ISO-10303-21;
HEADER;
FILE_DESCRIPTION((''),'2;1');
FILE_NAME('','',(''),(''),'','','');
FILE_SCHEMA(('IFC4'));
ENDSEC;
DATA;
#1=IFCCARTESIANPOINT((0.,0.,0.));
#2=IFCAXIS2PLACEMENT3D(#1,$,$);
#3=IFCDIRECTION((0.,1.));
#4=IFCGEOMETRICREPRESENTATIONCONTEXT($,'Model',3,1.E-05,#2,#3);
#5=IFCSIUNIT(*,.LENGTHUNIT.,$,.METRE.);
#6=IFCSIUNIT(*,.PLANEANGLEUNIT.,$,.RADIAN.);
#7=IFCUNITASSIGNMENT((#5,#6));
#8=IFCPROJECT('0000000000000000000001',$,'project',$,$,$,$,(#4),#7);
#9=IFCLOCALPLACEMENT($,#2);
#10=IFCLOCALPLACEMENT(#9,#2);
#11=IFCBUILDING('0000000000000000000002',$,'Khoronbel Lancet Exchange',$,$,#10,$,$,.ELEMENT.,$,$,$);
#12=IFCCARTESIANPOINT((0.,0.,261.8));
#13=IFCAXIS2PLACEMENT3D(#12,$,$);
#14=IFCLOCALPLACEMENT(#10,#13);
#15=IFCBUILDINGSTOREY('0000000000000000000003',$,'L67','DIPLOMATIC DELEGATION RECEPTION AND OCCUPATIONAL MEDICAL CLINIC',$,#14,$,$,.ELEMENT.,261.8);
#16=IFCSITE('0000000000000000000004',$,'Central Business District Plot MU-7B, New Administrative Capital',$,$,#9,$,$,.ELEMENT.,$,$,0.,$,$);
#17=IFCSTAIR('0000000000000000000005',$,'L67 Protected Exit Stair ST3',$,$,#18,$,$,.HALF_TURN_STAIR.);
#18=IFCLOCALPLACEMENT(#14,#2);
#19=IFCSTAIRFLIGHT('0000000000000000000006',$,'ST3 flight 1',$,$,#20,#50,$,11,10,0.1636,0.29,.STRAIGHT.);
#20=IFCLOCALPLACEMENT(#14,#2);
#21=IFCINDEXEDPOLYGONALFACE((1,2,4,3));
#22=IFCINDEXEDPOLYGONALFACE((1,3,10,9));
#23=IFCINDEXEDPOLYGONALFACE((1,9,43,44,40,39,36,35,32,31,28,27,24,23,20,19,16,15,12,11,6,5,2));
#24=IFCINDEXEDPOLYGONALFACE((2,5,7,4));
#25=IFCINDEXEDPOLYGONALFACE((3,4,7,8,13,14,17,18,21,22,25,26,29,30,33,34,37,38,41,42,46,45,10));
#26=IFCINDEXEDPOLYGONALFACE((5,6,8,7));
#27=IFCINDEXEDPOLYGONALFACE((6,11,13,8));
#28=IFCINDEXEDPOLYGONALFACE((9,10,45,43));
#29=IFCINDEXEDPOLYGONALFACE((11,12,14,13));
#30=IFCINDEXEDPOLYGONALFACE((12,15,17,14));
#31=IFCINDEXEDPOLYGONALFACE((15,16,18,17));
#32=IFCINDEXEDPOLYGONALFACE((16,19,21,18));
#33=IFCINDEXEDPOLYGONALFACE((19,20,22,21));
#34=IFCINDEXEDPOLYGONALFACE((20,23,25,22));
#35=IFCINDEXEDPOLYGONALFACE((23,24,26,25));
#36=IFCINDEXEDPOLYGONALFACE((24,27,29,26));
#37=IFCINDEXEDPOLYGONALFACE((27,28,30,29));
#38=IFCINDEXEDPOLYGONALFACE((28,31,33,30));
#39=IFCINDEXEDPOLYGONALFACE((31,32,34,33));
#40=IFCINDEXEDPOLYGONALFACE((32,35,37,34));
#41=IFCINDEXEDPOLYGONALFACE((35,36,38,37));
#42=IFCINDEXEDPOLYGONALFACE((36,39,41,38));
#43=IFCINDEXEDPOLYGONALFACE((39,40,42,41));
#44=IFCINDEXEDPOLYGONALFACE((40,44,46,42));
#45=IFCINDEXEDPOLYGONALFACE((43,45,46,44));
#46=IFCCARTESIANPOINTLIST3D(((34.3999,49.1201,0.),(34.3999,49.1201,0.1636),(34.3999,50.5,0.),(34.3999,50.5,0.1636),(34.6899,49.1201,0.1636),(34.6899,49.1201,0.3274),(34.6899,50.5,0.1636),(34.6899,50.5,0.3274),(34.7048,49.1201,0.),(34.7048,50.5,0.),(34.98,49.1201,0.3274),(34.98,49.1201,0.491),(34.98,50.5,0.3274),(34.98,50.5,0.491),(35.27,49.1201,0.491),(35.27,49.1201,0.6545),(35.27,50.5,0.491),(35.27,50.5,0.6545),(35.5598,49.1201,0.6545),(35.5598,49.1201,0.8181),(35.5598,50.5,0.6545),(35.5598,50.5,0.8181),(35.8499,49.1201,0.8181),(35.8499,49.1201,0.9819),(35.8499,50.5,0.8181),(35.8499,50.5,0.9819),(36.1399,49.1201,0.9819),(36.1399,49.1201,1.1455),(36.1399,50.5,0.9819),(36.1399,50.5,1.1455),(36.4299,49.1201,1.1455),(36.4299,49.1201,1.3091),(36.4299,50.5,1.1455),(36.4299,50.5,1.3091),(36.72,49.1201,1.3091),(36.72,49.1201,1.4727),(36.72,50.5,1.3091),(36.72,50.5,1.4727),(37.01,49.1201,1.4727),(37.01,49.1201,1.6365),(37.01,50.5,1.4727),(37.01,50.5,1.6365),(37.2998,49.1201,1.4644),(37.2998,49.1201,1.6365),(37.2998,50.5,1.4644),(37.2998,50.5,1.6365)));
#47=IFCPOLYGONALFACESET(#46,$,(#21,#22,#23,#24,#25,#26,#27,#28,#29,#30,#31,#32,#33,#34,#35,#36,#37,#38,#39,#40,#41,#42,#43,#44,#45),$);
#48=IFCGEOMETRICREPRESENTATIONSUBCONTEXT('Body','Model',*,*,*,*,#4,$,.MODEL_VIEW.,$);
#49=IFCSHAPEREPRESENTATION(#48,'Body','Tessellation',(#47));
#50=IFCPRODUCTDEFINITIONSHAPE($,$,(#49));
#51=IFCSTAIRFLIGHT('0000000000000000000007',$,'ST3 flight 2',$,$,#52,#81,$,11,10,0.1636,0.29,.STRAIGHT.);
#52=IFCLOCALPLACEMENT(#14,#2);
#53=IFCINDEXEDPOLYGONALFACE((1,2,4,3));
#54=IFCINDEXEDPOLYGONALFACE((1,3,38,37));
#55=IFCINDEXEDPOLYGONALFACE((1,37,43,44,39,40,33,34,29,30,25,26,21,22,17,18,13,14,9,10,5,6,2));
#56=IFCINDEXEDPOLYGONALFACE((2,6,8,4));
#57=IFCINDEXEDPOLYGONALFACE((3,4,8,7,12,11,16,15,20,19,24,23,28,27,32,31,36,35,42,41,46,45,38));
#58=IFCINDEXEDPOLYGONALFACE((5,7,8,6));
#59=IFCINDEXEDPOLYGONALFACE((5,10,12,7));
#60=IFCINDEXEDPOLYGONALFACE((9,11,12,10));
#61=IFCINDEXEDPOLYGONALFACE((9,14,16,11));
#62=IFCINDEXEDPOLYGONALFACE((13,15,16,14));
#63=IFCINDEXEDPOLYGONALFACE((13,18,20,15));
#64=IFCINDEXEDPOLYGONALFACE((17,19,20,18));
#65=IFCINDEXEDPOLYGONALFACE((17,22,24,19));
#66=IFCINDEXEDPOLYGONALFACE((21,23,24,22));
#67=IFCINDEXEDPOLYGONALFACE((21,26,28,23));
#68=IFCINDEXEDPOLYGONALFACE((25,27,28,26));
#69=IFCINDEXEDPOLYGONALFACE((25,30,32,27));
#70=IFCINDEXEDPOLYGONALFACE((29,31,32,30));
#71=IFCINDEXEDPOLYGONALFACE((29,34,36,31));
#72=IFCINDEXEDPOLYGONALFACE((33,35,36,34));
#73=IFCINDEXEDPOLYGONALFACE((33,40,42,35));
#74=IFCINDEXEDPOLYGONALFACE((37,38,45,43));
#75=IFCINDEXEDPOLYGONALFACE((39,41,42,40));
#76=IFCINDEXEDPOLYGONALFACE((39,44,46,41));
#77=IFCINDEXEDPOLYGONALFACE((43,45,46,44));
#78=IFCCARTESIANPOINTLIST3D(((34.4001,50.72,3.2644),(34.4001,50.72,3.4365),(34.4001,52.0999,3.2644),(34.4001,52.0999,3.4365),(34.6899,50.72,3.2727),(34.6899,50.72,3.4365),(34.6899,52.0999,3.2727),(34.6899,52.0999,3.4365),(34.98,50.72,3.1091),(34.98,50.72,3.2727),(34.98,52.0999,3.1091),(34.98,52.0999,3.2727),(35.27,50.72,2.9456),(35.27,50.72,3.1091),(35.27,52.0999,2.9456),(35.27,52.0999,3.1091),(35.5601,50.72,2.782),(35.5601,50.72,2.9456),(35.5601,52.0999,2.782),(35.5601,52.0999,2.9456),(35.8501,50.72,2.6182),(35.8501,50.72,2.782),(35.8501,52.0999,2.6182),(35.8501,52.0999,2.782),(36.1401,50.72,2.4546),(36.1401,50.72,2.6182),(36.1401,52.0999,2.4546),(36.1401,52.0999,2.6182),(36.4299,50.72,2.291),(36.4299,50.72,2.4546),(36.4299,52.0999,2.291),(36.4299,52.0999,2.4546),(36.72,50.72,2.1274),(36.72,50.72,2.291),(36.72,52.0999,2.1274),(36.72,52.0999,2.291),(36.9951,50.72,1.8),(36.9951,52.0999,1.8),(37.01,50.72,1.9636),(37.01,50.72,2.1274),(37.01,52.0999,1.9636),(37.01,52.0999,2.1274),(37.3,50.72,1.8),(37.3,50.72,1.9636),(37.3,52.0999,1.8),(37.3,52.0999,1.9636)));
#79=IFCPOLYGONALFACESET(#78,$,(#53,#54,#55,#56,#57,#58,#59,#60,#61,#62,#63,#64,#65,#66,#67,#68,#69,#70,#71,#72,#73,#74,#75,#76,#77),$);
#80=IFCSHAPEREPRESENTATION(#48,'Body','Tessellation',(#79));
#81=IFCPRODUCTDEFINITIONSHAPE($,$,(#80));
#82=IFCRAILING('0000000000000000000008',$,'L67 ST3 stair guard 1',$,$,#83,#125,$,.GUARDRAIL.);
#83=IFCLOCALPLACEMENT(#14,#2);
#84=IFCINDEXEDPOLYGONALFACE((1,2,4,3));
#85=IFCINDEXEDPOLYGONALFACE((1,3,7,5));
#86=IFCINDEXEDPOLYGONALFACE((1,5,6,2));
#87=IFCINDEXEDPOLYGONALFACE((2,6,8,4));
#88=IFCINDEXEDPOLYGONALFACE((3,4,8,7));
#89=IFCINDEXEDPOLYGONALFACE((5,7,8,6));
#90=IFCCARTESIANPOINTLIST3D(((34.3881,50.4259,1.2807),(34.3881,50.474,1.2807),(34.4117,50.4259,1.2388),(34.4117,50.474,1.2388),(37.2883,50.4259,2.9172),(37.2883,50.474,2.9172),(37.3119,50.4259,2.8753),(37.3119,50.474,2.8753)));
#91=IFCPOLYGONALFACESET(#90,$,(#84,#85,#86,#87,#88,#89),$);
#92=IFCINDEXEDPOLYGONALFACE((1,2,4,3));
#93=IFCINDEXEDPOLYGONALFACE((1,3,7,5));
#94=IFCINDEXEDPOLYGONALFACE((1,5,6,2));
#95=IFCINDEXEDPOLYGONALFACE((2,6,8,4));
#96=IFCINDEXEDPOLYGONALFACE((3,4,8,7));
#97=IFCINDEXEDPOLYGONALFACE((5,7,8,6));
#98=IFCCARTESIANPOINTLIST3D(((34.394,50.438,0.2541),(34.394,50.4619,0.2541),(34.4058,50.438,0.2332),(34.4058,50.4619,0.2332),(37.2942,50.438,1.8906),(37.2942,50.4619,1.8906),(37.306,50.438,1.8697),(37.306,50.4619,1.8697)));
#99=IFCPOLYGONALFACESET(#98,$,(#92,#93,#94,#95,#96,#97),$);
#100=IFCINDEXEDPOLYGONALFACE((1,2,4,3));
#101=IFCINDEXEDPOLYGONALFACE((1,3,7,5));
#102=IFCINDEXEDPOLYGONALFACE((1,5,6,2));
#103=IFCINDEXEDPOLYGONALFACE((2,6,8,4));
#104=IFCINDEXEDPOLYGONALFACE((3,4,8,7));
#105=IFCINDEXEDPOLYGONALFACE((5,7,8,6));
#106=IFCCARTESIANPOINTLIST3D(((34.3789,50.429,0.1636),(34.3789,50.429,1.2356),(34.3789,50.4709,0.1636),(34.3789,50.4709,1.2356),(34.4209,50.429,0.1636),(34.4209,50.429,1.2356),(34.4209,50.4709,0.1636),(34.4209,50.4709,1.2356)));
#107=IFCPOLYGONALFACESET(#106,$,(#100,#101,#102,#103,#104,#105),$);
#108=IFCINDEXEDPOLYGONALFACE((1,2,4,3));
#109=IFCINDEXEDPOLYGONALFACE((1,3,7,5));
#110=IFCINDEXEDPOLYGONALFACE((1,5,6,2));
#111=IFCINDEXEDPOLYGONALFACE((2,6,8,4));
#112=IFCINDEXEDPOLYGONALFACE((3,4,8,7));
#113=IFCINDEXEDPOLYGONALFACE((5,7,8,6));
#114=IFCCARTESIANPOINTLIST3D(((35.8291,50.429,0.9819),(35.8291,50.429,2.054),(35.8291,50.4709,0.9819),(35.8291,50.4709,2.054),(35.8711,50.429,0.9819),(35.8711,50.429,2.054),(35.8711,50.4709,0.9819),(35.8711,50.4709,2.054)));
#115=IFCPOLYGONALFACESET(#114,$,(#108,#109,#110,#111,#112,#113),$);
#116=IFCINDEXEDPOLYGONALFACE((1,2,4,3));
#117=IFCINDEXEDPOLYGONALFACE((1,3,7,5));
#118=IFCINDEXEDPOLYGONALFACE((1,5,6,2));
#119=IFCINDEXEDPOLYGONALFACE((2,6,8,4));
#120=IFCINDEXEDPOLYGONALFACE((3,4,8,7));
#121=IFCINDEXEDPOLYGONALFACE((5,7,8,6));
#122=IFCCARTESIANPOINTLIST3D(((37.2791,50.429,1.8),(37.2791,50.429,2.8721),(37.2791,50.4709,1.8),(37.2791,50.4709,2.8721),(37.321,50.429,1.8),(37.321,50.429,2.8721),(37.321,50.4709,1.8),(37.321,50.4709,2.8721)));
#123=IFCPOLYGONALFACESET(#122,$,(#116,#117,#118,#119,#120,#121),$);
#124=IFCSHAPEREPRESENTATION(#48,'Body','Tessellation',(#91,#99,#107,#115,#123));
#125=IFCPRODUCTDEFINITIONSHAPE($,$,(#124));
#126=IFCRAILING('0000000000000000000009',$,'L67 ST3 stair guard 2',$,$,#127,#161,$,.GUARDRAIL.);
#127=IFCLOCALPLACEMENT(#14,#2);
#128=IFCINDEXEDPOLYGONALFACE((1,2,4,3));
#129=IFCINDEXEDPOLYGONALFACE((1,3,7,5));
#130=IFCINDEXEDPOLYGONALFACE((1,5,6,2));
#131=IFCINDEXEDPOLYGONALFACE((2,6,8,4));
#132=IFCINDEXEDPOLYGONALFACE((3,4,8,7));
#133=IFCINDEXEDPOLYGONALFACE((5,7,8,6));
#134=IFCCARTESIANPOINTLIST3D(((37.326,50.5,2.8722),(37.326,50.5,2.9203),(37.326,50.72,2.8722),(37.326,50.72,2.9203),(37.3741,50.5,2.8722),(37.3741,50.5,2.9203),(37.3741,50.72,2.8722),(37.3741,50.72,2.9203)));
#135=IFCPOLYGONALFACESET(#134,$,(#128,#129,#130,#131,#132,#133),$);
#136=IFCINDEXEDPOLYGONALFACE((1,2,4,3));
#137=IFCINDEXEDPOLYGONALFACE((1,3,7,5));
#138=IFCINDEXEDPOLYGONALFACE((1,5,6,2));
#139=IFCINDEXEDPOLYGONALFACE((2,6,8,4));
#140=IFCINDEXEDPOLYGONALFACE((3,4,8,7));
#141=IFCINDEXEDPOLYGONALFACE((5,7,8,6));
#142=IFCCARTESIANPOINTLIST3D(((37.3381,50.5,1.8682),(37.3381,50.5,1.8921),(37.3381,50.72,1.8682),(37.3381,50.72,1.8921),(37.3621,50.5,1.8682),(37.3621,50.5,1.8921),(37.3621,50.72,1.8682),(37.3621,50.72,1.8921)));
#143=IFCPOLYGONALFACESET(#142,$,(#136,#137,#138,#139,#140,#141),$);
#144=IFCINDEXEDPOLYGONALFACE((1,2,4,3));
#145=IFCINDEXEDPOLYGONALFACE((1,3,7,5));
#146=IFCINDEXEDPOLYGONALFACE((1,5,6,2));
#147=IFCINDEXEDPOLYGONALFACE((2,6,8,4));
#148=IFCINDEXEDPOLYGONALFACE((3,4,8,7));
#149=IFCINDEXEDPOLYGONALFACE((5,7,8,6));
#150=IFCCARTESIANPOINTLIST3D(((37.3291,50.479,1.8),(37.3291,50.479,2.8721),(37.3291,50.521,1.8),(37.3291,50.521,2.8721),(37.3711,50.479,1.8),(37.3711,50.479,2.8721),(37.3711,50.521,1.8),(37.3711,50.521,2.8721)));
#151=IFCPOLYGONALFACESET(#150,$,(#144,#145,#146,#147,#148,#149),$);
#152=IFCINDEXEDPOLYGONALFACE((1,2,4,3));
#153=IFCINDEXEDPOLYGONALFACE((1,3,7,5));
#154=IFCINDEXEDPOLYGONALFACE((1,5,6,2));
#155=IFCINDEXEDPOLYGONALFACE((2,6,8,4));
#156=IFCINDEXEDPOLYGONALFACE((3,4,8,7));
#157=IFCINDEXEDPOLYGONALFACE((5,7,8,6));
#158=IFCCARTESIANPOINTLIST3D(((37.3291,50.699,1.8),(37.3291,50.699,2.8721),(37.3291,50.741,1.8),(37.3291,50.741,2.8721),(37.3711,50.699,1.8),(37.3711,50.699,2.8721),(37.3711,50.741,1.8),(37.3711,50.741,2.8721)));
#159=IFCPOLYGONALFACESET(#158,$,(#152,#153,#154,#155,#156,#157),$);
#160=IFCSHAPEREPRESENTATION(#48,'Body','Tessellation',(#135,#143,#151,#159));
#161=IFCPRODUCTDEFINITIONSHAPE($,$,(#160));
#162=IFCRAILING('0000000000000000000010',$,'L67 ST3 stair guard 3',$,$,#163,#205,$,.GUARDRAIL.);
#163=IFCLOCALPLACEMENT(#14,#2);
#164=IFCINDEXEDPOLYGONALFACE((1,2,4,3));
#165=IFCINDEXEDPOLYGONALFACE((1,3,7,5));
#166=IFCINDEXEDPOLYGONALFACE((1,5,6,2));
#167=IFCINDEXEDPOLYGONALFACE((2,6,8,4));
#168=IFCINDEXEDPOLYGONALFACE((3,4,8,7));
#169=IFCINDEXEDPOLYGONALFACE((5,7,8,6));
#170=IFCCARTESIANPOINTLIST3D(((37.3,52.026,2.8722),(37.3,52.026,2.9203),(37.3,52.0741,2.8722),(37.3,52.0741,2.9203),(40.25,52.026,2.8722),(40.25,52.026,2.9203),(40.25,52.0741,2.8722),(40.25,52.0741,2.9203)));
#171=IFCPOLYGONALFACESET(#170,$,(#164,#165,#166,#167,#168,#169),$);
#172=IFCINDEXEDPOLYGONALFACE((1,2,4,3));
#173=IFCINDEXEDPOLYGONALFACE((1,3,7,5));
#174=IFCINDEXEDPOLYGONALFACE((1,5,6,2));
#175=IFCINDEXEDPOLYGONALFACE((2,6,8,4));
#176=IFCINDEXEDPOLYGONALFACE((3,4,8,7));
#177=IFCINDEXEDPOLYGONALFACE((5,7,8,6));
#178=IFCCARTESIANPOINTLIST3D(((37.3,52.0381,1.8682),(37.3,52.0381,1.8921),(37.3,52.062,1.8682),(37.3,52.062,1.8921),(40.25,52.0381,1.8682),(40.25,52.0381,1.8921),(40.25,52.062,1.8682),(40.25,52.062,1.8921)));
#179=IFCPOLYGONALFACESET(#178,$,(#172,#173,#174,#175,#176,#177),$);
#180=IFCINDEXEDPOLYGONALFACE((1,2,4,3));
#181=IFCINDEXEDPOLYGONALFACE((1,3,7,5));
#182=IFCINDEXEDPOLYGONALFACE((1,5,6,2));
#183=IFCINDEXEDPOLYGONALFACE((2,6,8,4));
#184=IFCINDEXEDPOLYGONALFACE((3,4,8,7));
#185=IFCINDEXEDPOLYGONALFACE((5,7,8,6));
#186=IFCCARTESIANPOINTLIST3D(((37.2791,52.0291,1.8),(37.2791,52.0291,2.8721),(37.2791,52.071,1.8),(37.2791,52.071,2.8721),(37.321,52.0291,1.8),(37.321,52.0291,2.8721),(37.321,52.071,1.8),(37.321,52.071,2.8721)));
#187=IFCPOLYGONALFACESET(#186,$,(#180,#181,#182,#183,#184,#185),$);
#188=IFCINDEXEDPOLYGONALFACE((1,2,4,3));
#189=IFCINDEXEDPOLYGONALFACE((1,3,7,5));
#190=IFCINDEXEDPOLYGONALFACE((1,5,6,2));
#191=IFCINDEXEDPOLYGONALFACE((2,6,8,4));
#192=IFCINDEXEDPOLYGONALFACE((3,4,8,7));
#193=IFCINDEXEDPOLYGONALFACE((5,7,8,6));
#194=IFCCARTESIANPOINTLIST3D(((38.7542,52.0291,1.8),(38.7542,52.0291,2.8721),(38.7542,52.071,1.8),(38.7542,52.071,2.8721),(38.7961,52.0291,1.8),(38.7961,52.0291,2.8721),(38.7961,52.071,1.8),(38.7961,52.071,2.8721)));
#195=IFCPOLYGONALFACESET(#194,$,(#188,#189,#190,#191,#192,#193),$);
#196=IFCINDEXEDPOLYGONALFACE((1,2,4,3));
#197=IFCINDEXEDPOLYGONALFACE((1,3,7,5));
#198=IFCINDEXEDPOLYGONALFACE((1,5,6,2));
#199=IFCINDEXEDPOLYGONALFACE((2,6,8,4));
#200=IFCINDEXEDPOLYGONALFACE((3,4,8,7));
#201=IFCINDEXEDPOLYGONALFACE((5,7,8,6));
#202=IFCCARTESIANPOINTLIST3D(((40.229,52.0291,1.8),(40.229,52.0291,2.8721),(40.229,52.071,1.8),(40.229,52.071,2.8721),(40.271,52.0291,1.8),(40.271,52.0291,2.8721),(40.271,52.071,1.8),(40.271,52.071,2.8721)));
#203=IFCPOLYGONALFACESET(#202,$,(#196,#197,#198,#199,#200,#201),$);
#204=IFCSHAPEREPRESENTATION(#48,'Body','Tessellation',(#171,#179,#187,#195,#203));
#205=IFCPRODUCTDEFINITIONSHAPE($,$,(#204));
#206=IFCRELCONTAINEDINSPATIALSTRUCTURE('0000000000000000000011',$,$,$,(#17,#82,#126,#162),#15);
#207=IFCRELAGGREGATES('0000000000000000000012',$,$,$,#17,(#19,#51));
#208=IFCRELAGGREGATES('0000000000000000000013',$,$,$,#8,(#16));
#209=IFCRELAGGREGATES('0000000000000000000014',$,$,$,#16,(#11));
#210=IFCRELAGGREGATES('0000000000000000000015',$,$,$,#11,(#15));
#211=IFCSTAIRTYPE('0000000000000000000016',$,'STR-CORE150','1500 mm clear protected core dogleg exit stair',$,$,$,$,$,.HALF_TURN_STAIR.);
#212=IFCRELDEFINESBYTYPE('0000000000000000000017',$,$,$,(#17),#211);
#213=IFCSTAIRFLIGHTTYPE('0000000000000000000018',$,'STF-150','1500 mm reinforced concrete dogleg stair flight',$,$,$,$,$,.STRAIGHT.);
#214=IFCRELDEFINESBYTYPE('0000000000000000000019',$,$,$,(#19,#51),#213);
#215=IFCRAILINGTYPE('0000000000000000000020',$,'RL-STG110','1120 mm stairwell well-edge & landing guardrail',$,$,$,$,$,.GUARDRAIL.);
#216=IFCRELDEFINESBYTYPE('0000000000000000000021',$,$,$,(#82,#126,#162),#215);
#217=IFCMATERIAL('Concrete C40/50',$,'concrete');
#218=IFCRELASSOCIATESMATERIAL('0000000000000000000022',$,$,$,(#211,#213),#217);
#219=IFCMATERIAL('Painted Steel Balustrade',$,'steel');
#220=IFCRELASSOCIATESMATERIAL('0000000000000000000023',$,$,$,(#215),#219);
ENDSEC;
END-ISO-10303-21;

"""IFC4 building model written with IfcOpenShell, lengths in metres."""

from ifc_helpers import new_model, si_unit, direction, frame, origin, origin_2d, place, context, subcontext, project, spatial, polyline, rectangle, outline, extrude, material, type_object, element, aggregate, save


model = new_model("IFC4")

# Units and contexts
model_context = context("Model", 3, precision=1e-05, world=origin(), true_north=direction((0.0, 1.0)))
body_context = subcontext(model_context, "Body", "Model", "MODEL_VIEW")
ifc_project = project(units=[si_unit("LENGTHUNIT", "METRE"), si_unit("PLANEANGLEUNIT", "RADIAN")], contexts=[model_context])

# Site, building, storey
site_placement = place(None, origin())
site = spatial("IfcSite", under=ifc_project, at=site_placement, Name="Central Business District Plot MU-7B, New Administrative Capital", CompositionType="ELEMENT", RefElevation=0.0)
building_placement = place(site_placement, origin())
building = spatial("IfcBuilding", under=site, at=building_placement, Name="Khoronbel Lancet Exchange", CompositionType="ELEMENT")
storey_placement = place(building_placement, frame((0.0, 0.0, 261.8)))
storey = spatial("IfcBuildingStorey", under=building, at=storey_placement, Name="L67", Description="DIPLOMATIC DELEGATION RECEPTION AND OCCUPATIONAL MEDICAL CLINIC", CompositionType="ELEMENT", Elevation=261.8)

# Stair, stair flights
ifc_material_1 = material(Name="Concrete C40/50", Category="concrete")
stair_type = type_object("IfcStairType", Name="STR-CORE150", Description="1500 mm clear protected core dogleg exit stair", PredefinedType="HALF_TURN_STAIR", material=ifc_material_1)
stair_placement = place(storey_placement, origin())
stair = element("IfcStair", 1, at=stair_placement, inside=storey, type_object=stair_type, Name="L67 Protected Exit Stair ST3", PredefinedType="HALF_TURN_STAIR")
stair_flight_type = type_object("IfcStairFlightType", Name="STF-150", Description="1500 mm reinforced concrete dogleg stair flight", PredefinedType="STRAIGHT", material=ifc_material_1)
stair_flight_1_placement = place(storey_placement, frame((34.3999, 49.8101, 0.0), z_axis=(0.0, 0.0, 1.0), x_axis=(1.0, 0.0, 0.0)))
stair_flight_1 = element("IfcStairFlight", 2, at=stair_flight_1_placement, type_object=stair_flight_type, Name="ST3 flight 1", NumberOfRisers=11, NumberOfTreads=10, PredefinedType="STRAIGHT", RiserHeight=0.1636, TreadLength=0.29, context=body_context, shape_type="SweptSolid", body=[
    extrude(outline(polyline([(0.0, 0.0), (0.0, 0.1636), (0.29, 0.1636), (0.29, 0.3274), (0.5801, 0.3274), (0.5801, 0.491), (0.8701, 0.491), (0.8701, 0.6545), (1.1599, 0.6545), (1.1599, 0.8181), (1.45, 0.8181), (1.45, 0.9819), (1.74, 0.9819), (1.74, 1.1455), (2.03, 1.1455), (2.03, 1.3091), (2.3201, 1.3091), (2.3201, 1.4727), (2.6101, 1.4727), (2.6101, 1.6365), (2.8999, 1.6365), (2.8999, 1.8), (2.8999, 1.4644), (0.3049, 0.0), (0.0, 0.0)])), frame((0.0, 0.6899, 0.0), z_axis=(0.0, -1.0, 0.0), x_axis=(1.0, 0.0, 0.0)), (0.0, 0.0, 1.0), 1.3799),
])
stair_flight_2_placement = place(storey_placement, frame((37.3, 51.4099, 1.8), z_axis=(0.0, 0.0, 1.0), x_axis=(-1.0, 0.0, 0.0)))
stair_flight_2 = element("IfcStairFlight", 3, at=stair_flight_2_placement, type_object=stair_flight_type, Name="ST3 flight 2", NumberOfRisers=11, NumberOfTreads=10, PredefinedType="STRAIGHT", RiserHeight=0.1636, TreadLength=0.29, context=body_context, shape_type="SweptSolid", body=[
    extrude(outline(polyline([(0.0, 0.0), (0.0, 0.1636), (0.29, 0.1636), (0.29, 0.3274), (0.5801, 0.3274), (0.5801, 0.491), (0.8701, 0.491), (0.8701, 0.6545), (1.1599, 0.6545), (1.1599, 0.8181), (1.45, 0.8181), (1.45, 0.9819), (1.74, 0.9819), (1.74, 1.1455), (2.03, 1.1455), (2.03, 1.3091), (2.3201, 1.3091), (2.3201, 1.4727), (2.6101, 1.4727), (2.6101, 1.6365), (2.8999, 1.6365), (2.8999, 1.8), (2.8999, 1.4644), (0.3049, 0.0), (0.0, 0.0)])), frame((0.0, 0.6899, 0.0), z_axis=(0.0, -1.0, 0.0), x_axis=(1.0, 0.0, 0.0)), (0.0, 0.0, 1.0), 1.3799),
])
aggregate(stair, [stair_flight_1, stair_flight_2])

# Railings
ifc_material_2 = material(Name="Painted Steel Balustrade", Category="steel")
railing_type_1 = type_object("IfcRailingType", Name="RL-STG110", Description="1120 mm stairwell well-edge & landing guardrail", PredefinedType="GUARDRAIL", material=ifc_material_2)
railing_1_placement = place(storey_placement, frame((34.3999, 50.45, 0.1636)))
element("IfcRailing", 4, at=railing_1_placement, inside=storey, type_object=railing_type_1, Name="L67 ST3 stair guard 1", PredefinedType="GUARDRAIL", context=body_context, shape_type="SweptSolid", body=[
    extrude(rectangle(XDim=0.0481, YDim=0.0481, at=origin_2d()), frame((0.0, 0.0, 1.0962), z_axis=(0.870915, 0.0, 0.491434), x_axis=(0.0, 1.0, 0.0)), (0.0, 0.0, 1.0), 3.3301),
    extrude(rectangle(XDim=0.0239, YDim=0.0239, at=origin_2d()), frame((0.0, 0.0, 0.0801), z_axis=(0.870915, 0.0, 0.491434), x_axis=(0.0, 1.0, 0.0)), (0.0, 0.0, 1.0), 3.3301),
    extrude(rectangle(XDim=0.042, YDim=0.042, at=origin_2d()), origin(), (0.0, 0.0, 1.0), 1.072),
    extrude(rectangle(XDim=0.042, YDim=0.042, at=origin_2d()), frame((1.4502, 0.0, 0.8184)), (0.0, 0.0, 1.0), 1.072),
    extrude(rectangle(XDim=0.042, YDim=0.042, at=origin_2d()), frame((2.9001, 0.0, 1.6365)), (0.0, 0.0, 1.0), 1.072),
])
railing_2_placement = place(storey_placement, frame((37.3501, 50.5, 1.8)))
element("IfcRailing", 5, at=railing_2_placement, inside=storey, type_object=railing_type_1, Name="L67 ST3 stair guard 2", PredefinedType="GUARDRAIL", context=body_context, shape_type="SweptSolid", body=[
    extrude(rectangle(XDim=0.0481, YDim=0.0481, at=origin_2d()), frame((0.0, 0.0, 1.0962), z_axis=(0.0, 1.0, 0.0), x_axis=(-1.0, 0.0, 0.0)), (0.0, 0.0, 1.0), 0.22),
    extrude(rectangle(XDim=0.0239, YDim=0.0239, at=origin_2d()), frame((0.0, 0.0, 0.0801), z_axis=(0.0, 1.0, 0.0), x_axis=(-1.0, 0.0, 0.0)), (0.0, 0.0, 1.0), 0.22),
    extrude(rectangle(XDim=0.042, YDim=0.042, at=origin_2d()), origin(), (0.0, 0.0, 1.0), 1.072),
    extrude(rectangle(XDim=0.042, YDim=0.042, at=origin_2d()), frame((0.0, 0.22, 0.0)), (0.0, 0.0, 1.0), 1.072),
])
railing_3_placement = place(storey_placement, frame((37.3, 52.05, 1.8)))
element("IfcRailing", 6, at=railing_3_placement, inside=storey, type_object=railing_type_1, Name="L67 ST3 stair guard 3", PredefinedType="GUARDRAIL", context=body_context, shape_type="SweptSolid", body=[
    extrude(rectangle(XDim=0.0481, YDim=0.0481, at=origin_2d()), frame((0.0, 0.0, 1.0962), z_axis=(1.0, 0.0, 0.0), x_axis=(0.0, 1.0, 0.0)), (0.0, 0.0, 1.0), 2.95),
    extrude(rectangle(XDim=0.0239, YDim=0.0239, at=origin_2d()), frame((0.0, 0.0, 0.0801), z_axis=(1.0, 0.0, 0.0), x_axis=(0.0, 1.0, 0.0)), (0.0, 0.0, 1.0), 2.95),
    extrude(rectangle(XDim=0.042, YDim=0.042, at=origin_2d()), origin(), (0.0, 0.0, 1.0), 1.072),
    extrude(rectangle(XDim=0.042, YDim=0.042, at=origin_2d()), frame((1.4751, 0.0, 0.0)), (0.0, 0.0, 1.0), 1.072),
    extrude(rectangle(XDim=0.042, YDim=0.042, at=origin_2d()), frame((2.95, 0.0, 0.0)), (0.0, 0.0, 1.0), 1.072),
])

save(model, "model.ifc")
